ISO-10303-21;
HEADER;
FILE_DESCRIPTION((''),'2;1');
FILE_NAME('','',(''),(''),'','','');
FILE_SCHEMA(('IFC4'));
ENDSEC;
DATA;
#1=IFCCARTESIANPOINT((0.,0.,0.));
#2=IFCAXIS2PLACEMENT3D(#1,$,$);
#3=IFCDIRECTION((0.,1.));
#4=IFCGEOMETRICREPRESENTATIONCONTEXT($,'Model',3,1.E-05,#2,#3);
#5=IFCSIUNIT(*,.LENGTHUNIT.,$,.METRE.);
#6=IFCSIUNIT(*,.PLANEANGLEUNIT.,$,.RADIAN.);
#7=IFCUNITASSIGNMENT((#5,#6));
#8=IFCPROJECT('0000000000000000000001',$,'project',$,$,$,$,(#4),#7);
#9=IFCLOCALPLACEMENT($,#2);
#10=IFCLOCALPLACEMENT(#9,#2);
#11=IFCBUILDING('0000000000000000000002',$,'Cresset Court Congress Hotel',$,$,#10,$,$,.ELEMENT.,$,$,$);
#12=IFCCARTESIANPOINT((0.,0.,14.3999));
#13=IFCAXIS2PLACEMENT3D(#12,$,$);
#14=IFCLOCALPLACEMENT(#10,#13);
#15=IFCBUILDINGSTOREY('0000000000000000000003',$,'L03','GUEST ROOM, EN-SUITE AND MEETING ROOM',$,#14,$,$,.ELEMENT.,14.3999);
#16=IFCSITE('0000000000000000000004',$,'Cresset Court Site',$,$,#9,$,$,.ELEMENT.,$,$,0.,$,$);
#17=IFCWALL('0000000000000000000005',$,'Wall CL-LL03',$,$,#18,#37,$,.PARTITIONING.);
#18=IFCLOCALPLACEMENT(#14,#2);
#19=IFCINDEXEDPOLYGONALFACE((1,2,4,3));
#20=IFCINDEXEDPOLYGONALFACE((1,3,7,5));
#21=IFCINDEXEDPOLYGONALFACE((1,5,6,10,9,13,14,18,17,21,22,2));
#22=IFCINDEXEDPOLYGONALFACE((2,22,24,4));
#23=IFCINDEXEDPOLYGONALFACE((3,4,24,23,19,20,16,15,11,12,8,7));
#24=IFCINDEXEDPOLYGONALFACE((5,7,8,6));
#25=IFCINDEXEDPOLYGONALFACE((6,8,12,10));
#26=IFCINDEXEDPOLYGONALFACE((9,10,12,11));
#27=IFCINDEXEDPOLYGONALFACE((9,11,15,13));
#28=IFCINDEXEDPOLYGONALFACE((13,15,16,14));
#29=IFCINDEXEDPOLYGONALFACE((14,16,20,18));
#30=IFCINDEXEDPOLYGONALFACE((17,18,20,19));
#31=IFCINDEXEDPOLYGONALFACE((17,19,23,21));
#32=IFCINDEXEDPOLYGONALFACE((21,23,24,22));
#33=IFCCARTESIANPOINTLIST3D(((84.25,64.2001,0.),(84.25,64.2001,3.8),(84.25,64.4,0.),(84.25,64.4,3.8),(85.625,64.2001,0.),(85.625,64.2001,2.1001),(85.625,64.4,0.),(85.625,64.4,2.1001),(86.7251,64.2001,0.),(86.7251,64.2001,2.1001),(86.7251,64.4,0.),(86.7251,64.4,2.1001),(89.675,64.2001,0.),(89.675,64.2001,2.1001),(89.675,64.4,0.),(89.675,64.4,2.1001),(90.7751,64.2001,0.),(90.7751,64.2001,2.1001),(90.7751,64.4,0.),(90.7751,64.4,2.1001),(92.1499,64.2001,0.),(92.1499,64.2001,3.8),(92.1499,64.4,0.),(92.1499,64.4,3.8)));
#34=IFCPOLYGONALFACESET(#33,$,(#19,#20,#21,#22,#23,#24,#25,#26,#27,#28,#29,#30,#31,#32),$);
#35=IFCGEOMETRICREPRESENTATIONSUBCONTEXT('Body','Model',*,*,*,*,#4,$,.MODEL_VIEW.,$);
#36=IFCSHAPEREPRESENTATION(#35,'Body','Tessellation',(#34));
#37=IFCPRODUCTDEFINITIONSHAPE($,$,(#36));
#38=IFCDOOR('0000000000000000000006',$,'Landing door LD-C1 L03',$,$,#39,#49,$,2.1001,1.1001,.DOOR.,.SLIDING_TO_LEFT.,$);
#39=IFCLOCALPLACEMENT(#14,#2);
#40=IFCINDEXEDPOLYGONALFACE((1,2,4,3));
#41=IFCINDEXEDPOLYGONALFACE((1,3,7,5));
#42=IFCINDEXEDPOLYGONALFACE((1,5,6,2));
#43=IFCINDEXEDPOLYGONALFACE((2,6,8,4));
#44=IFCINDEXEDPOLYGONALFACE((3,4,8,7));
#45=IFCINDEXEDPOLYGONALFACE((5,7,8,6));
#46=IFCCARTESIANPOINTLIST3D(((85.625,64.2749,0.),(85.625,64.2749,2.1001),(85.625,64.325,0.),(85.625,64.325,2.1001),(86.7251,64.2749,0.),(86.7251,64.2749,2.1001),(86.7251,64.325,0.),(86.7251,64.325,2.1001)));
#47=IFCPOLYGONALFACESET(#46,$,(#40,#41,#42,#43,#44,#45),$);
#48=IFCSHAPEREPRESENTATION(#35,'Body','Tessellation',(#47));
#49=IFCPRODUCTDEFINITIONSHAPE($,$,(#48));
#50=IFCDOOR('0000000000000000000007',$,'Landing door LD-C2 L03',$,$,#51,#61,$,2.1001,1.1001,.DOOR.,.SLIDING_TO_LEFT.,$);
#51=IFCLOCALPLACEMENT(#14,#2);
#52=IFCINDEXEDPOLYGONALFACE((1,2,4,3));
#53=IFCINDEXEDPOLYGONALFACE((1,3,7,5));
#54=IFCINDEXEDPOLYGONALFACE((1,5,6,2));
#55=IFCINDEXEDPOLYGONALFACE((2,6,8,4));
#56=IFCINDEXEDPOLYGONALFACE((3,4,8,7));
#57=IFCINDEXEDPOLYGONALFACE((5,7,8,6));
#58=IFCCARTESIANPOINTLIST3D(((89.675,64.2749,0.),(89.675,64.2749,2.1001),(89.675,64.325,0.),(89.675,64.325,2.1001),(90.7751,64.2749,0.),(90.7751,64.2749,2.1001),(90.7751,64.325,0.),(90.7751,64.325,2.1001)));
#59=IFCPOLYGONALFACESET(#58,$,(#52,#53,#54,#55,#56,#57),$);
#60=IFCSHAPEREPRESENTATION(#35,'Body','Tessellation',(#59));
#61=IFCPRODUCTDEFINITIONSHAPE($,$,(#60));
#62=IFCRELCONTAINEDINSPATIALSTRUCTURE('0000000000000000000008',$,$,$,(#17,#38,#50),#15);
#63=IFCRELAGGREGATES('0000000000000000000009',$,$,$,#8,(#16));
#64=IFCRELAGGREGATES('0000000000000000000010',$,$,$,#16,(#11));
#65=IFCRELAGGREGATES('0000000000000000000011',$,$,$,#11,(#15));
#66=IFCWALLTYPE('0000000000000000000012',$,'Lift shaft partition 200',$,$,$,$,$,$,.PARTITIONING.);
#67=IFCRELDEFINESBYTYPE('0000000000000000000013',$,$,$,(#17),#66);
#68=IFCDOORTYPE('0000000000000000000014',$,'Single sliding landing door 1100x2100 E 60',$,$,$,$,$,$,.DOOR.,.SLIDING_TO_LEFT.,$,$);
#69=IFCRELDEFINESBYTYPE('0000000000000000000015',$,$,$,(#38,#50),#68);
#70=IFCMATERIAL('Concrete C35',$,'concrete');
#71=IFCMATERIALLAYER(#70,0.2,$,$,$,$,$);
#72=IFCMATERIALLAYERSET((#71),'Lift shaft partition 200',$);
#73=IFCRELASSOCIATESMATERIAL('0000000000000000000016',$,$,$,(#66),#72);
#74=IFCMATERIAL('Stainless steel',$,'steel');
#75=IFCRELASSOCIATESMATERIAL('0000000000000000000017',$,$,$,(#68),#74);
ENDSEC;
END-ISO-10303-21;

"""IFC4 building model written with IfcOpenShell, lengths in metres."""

from ifc_helpers import new_model, si_unit, direction, frame, frame_2d, origin, place, context, subcontext, project, spatial, rectangle, extrude, material, layer, layer_set, type_object, element, fill, save


model = new_model("IFC4")

# Units and contexts
model_context = context("Model", 3, precision=1e-05, world=origin(), true_north=direction((0.0, 1.0)))
body_context = subcontext(model_context, "Body", "Model", "MODEL_VIEW")
ifc_project = project(units=[si_unit("LENGTHUNIT", "METRE"), si_unit("PLANEANGLEUNIT", "RADIAN")], contexts=[model_context])

# Site, building, storey
site_placement = place(None, origin())
site = spatial("IfcSite", under=ifc_project, at=site_placement, Name="Cresset Court Site", CompositionType="ELEMENT", RefElevation=0.0)
building_placement = place(site_placement, origin())
building = spatial("IfcBuilding", under=site, at=building_placement, Name="Cresset Court Congress Hotel", CompositionType="ELEMENT")
storey_placement = place(building_placement, frame((0.0, 0.0, 14.3999)))
storey = spatial("IfcBuildingStorey", under=building, at=storey_placement, Name="L03", Description="GUEST ROOM, EN-SUITE AND MEETING ROOM", CompositionType="ELEMENT", Elevation=14.3999)

# Shared definitions
ifc_material_1 = material(Name="Concrete C35", Category="concrete")
ifc_layer_1 = layer(ifc_material_1, 0.2)
ifc_layer_set_1 = layer_set([ifc_layer_1], Name="Lift shaft partition 200")
wall_type_1 = type_object("IfcWallType", Name="Lift shaft partition 200", PredefinedType="PARTITIONING", material=ifc_layer_set_1)

# Wall, openings, doors
wall_1_placement = place(storey_placement, frame((84.25, 64.3, 0.0), z_axis=(0.0, 0.0, 1.0), x_axis=(1.0, 0.0, 0.0)))
wall_1 = element("IfcWall", 1, at=wall_1_placement, inside=storey, type_object=wall_type_1, Name="Wall CL-LL03", PredefinedType="PARTITIONING", context=body_context, shape_type="SweptSolid", body=[
    extrude(rectangle(XDim=7.8999, YDim=0.2, at=frame_2d((3.95, 0.0))), origin(), (0.0, 0.0, 1.0), 3.8),
])
opening_1_placement = place(wall_1_placement, frame((1.375, 0.0, 0.0)))
opening_1 = element("IfcOpeningElement", 2, at=opening_1_placement, cuts=wall_1, PredefinedType="OPENING", context=body_context, shape_type="SweptSolid", body=[
    extrude(rectangle(XDim=1.1001, YDim=2.1001, at=frame_2d((0.55, 1.05))), frame((0.0, 0.1099, 0.0), z_axis=(0.0, -1.0, 0.0), x_axis=(1.0, 0.0, 0.0)), (0.0, 0.0, 1.0), 0.22),
])
opening_2_placement = place(wall_1_placement, frame((5.425, 0.0, 0.0)))
opening_2 = element("IfcOpeningElement", 3, at=opening_2_placement, cuts=wall_1, PredefinedType="OPENING", context=body_context, shape_type="SweptSolid", body=[
    extrude(rectangle(XDim=1.1001, YDim=2.1001, at=frame_2d((0.55, 1.05))), frame((0.0, 0.1099, 0.0), z_axis=(0.0, -1.0, 0.0), x_axis=(1.0, 0.0, 0.0)), (0.0, 0.0, 1.0), 0.22),
])
ifc_material_2 = material(Name="Stainless steel", Category="steel")
door_type_1 = type_object("IfcDoorType", Name="Single sliding landing door 1100x2100 E 60", OperationType="SLIDING_TO_LEFT", PredefinedType="DOOR", material=ifc_material_2)
door_1_placement = place(opening_1_placement, origin())
door_1 = element("IfcDoor", 4, at=door_1_placement, inside=storey, type_object=door_type_1, Name="Landing door LD-C1 L03", OperationType="SLIDING_TO_LEFT", OverallHeight=2.1001, OverallWidth=1.1001, PredefinedType="DOOR", context=body_context, shape_type="SweptSolid", body=[
    extrude(rectangle(XDim=1.1001, YDim=2.1001, at=frame_2d((0.55, 1.05))), frame((0.0, 0.0249, 0.0), z_axis=(0.0, -1.0, 0.0), x_axis=(1.0, 0.0, 0.0)), (0.0, 0.0, 1.0), 0.05),
])
fill(opening_1, door_1)
door_2_placement = place(opening_2_placement, origin())
door_2 = element("IfcDoor", 5, at=door_2_placement, inside=storey, type_object=door_type_1, Name="Landing door LD-C2 L03", OperationType="SLIDING_TO_LEFT", OverallHeight=2.1001, OverallWidth=1.1001, PredefinedType="DOOR", context=body_context, shape_type="SweptSolid", body=[
    extrude(rectangle(XDim=1.1001, YDim=2.1001, at=frame_2d((0.55, 1.05))), frame((0.0, 0.0249, 0.0), z_axis=(0.0, -1.0, 0.0), x_axis=(1.0, 0.0, 0.0)), (0.0, 0.0, 1.0), 0.05),
])
fill(opening_2, door_2)

save(model, "model.ifc")
